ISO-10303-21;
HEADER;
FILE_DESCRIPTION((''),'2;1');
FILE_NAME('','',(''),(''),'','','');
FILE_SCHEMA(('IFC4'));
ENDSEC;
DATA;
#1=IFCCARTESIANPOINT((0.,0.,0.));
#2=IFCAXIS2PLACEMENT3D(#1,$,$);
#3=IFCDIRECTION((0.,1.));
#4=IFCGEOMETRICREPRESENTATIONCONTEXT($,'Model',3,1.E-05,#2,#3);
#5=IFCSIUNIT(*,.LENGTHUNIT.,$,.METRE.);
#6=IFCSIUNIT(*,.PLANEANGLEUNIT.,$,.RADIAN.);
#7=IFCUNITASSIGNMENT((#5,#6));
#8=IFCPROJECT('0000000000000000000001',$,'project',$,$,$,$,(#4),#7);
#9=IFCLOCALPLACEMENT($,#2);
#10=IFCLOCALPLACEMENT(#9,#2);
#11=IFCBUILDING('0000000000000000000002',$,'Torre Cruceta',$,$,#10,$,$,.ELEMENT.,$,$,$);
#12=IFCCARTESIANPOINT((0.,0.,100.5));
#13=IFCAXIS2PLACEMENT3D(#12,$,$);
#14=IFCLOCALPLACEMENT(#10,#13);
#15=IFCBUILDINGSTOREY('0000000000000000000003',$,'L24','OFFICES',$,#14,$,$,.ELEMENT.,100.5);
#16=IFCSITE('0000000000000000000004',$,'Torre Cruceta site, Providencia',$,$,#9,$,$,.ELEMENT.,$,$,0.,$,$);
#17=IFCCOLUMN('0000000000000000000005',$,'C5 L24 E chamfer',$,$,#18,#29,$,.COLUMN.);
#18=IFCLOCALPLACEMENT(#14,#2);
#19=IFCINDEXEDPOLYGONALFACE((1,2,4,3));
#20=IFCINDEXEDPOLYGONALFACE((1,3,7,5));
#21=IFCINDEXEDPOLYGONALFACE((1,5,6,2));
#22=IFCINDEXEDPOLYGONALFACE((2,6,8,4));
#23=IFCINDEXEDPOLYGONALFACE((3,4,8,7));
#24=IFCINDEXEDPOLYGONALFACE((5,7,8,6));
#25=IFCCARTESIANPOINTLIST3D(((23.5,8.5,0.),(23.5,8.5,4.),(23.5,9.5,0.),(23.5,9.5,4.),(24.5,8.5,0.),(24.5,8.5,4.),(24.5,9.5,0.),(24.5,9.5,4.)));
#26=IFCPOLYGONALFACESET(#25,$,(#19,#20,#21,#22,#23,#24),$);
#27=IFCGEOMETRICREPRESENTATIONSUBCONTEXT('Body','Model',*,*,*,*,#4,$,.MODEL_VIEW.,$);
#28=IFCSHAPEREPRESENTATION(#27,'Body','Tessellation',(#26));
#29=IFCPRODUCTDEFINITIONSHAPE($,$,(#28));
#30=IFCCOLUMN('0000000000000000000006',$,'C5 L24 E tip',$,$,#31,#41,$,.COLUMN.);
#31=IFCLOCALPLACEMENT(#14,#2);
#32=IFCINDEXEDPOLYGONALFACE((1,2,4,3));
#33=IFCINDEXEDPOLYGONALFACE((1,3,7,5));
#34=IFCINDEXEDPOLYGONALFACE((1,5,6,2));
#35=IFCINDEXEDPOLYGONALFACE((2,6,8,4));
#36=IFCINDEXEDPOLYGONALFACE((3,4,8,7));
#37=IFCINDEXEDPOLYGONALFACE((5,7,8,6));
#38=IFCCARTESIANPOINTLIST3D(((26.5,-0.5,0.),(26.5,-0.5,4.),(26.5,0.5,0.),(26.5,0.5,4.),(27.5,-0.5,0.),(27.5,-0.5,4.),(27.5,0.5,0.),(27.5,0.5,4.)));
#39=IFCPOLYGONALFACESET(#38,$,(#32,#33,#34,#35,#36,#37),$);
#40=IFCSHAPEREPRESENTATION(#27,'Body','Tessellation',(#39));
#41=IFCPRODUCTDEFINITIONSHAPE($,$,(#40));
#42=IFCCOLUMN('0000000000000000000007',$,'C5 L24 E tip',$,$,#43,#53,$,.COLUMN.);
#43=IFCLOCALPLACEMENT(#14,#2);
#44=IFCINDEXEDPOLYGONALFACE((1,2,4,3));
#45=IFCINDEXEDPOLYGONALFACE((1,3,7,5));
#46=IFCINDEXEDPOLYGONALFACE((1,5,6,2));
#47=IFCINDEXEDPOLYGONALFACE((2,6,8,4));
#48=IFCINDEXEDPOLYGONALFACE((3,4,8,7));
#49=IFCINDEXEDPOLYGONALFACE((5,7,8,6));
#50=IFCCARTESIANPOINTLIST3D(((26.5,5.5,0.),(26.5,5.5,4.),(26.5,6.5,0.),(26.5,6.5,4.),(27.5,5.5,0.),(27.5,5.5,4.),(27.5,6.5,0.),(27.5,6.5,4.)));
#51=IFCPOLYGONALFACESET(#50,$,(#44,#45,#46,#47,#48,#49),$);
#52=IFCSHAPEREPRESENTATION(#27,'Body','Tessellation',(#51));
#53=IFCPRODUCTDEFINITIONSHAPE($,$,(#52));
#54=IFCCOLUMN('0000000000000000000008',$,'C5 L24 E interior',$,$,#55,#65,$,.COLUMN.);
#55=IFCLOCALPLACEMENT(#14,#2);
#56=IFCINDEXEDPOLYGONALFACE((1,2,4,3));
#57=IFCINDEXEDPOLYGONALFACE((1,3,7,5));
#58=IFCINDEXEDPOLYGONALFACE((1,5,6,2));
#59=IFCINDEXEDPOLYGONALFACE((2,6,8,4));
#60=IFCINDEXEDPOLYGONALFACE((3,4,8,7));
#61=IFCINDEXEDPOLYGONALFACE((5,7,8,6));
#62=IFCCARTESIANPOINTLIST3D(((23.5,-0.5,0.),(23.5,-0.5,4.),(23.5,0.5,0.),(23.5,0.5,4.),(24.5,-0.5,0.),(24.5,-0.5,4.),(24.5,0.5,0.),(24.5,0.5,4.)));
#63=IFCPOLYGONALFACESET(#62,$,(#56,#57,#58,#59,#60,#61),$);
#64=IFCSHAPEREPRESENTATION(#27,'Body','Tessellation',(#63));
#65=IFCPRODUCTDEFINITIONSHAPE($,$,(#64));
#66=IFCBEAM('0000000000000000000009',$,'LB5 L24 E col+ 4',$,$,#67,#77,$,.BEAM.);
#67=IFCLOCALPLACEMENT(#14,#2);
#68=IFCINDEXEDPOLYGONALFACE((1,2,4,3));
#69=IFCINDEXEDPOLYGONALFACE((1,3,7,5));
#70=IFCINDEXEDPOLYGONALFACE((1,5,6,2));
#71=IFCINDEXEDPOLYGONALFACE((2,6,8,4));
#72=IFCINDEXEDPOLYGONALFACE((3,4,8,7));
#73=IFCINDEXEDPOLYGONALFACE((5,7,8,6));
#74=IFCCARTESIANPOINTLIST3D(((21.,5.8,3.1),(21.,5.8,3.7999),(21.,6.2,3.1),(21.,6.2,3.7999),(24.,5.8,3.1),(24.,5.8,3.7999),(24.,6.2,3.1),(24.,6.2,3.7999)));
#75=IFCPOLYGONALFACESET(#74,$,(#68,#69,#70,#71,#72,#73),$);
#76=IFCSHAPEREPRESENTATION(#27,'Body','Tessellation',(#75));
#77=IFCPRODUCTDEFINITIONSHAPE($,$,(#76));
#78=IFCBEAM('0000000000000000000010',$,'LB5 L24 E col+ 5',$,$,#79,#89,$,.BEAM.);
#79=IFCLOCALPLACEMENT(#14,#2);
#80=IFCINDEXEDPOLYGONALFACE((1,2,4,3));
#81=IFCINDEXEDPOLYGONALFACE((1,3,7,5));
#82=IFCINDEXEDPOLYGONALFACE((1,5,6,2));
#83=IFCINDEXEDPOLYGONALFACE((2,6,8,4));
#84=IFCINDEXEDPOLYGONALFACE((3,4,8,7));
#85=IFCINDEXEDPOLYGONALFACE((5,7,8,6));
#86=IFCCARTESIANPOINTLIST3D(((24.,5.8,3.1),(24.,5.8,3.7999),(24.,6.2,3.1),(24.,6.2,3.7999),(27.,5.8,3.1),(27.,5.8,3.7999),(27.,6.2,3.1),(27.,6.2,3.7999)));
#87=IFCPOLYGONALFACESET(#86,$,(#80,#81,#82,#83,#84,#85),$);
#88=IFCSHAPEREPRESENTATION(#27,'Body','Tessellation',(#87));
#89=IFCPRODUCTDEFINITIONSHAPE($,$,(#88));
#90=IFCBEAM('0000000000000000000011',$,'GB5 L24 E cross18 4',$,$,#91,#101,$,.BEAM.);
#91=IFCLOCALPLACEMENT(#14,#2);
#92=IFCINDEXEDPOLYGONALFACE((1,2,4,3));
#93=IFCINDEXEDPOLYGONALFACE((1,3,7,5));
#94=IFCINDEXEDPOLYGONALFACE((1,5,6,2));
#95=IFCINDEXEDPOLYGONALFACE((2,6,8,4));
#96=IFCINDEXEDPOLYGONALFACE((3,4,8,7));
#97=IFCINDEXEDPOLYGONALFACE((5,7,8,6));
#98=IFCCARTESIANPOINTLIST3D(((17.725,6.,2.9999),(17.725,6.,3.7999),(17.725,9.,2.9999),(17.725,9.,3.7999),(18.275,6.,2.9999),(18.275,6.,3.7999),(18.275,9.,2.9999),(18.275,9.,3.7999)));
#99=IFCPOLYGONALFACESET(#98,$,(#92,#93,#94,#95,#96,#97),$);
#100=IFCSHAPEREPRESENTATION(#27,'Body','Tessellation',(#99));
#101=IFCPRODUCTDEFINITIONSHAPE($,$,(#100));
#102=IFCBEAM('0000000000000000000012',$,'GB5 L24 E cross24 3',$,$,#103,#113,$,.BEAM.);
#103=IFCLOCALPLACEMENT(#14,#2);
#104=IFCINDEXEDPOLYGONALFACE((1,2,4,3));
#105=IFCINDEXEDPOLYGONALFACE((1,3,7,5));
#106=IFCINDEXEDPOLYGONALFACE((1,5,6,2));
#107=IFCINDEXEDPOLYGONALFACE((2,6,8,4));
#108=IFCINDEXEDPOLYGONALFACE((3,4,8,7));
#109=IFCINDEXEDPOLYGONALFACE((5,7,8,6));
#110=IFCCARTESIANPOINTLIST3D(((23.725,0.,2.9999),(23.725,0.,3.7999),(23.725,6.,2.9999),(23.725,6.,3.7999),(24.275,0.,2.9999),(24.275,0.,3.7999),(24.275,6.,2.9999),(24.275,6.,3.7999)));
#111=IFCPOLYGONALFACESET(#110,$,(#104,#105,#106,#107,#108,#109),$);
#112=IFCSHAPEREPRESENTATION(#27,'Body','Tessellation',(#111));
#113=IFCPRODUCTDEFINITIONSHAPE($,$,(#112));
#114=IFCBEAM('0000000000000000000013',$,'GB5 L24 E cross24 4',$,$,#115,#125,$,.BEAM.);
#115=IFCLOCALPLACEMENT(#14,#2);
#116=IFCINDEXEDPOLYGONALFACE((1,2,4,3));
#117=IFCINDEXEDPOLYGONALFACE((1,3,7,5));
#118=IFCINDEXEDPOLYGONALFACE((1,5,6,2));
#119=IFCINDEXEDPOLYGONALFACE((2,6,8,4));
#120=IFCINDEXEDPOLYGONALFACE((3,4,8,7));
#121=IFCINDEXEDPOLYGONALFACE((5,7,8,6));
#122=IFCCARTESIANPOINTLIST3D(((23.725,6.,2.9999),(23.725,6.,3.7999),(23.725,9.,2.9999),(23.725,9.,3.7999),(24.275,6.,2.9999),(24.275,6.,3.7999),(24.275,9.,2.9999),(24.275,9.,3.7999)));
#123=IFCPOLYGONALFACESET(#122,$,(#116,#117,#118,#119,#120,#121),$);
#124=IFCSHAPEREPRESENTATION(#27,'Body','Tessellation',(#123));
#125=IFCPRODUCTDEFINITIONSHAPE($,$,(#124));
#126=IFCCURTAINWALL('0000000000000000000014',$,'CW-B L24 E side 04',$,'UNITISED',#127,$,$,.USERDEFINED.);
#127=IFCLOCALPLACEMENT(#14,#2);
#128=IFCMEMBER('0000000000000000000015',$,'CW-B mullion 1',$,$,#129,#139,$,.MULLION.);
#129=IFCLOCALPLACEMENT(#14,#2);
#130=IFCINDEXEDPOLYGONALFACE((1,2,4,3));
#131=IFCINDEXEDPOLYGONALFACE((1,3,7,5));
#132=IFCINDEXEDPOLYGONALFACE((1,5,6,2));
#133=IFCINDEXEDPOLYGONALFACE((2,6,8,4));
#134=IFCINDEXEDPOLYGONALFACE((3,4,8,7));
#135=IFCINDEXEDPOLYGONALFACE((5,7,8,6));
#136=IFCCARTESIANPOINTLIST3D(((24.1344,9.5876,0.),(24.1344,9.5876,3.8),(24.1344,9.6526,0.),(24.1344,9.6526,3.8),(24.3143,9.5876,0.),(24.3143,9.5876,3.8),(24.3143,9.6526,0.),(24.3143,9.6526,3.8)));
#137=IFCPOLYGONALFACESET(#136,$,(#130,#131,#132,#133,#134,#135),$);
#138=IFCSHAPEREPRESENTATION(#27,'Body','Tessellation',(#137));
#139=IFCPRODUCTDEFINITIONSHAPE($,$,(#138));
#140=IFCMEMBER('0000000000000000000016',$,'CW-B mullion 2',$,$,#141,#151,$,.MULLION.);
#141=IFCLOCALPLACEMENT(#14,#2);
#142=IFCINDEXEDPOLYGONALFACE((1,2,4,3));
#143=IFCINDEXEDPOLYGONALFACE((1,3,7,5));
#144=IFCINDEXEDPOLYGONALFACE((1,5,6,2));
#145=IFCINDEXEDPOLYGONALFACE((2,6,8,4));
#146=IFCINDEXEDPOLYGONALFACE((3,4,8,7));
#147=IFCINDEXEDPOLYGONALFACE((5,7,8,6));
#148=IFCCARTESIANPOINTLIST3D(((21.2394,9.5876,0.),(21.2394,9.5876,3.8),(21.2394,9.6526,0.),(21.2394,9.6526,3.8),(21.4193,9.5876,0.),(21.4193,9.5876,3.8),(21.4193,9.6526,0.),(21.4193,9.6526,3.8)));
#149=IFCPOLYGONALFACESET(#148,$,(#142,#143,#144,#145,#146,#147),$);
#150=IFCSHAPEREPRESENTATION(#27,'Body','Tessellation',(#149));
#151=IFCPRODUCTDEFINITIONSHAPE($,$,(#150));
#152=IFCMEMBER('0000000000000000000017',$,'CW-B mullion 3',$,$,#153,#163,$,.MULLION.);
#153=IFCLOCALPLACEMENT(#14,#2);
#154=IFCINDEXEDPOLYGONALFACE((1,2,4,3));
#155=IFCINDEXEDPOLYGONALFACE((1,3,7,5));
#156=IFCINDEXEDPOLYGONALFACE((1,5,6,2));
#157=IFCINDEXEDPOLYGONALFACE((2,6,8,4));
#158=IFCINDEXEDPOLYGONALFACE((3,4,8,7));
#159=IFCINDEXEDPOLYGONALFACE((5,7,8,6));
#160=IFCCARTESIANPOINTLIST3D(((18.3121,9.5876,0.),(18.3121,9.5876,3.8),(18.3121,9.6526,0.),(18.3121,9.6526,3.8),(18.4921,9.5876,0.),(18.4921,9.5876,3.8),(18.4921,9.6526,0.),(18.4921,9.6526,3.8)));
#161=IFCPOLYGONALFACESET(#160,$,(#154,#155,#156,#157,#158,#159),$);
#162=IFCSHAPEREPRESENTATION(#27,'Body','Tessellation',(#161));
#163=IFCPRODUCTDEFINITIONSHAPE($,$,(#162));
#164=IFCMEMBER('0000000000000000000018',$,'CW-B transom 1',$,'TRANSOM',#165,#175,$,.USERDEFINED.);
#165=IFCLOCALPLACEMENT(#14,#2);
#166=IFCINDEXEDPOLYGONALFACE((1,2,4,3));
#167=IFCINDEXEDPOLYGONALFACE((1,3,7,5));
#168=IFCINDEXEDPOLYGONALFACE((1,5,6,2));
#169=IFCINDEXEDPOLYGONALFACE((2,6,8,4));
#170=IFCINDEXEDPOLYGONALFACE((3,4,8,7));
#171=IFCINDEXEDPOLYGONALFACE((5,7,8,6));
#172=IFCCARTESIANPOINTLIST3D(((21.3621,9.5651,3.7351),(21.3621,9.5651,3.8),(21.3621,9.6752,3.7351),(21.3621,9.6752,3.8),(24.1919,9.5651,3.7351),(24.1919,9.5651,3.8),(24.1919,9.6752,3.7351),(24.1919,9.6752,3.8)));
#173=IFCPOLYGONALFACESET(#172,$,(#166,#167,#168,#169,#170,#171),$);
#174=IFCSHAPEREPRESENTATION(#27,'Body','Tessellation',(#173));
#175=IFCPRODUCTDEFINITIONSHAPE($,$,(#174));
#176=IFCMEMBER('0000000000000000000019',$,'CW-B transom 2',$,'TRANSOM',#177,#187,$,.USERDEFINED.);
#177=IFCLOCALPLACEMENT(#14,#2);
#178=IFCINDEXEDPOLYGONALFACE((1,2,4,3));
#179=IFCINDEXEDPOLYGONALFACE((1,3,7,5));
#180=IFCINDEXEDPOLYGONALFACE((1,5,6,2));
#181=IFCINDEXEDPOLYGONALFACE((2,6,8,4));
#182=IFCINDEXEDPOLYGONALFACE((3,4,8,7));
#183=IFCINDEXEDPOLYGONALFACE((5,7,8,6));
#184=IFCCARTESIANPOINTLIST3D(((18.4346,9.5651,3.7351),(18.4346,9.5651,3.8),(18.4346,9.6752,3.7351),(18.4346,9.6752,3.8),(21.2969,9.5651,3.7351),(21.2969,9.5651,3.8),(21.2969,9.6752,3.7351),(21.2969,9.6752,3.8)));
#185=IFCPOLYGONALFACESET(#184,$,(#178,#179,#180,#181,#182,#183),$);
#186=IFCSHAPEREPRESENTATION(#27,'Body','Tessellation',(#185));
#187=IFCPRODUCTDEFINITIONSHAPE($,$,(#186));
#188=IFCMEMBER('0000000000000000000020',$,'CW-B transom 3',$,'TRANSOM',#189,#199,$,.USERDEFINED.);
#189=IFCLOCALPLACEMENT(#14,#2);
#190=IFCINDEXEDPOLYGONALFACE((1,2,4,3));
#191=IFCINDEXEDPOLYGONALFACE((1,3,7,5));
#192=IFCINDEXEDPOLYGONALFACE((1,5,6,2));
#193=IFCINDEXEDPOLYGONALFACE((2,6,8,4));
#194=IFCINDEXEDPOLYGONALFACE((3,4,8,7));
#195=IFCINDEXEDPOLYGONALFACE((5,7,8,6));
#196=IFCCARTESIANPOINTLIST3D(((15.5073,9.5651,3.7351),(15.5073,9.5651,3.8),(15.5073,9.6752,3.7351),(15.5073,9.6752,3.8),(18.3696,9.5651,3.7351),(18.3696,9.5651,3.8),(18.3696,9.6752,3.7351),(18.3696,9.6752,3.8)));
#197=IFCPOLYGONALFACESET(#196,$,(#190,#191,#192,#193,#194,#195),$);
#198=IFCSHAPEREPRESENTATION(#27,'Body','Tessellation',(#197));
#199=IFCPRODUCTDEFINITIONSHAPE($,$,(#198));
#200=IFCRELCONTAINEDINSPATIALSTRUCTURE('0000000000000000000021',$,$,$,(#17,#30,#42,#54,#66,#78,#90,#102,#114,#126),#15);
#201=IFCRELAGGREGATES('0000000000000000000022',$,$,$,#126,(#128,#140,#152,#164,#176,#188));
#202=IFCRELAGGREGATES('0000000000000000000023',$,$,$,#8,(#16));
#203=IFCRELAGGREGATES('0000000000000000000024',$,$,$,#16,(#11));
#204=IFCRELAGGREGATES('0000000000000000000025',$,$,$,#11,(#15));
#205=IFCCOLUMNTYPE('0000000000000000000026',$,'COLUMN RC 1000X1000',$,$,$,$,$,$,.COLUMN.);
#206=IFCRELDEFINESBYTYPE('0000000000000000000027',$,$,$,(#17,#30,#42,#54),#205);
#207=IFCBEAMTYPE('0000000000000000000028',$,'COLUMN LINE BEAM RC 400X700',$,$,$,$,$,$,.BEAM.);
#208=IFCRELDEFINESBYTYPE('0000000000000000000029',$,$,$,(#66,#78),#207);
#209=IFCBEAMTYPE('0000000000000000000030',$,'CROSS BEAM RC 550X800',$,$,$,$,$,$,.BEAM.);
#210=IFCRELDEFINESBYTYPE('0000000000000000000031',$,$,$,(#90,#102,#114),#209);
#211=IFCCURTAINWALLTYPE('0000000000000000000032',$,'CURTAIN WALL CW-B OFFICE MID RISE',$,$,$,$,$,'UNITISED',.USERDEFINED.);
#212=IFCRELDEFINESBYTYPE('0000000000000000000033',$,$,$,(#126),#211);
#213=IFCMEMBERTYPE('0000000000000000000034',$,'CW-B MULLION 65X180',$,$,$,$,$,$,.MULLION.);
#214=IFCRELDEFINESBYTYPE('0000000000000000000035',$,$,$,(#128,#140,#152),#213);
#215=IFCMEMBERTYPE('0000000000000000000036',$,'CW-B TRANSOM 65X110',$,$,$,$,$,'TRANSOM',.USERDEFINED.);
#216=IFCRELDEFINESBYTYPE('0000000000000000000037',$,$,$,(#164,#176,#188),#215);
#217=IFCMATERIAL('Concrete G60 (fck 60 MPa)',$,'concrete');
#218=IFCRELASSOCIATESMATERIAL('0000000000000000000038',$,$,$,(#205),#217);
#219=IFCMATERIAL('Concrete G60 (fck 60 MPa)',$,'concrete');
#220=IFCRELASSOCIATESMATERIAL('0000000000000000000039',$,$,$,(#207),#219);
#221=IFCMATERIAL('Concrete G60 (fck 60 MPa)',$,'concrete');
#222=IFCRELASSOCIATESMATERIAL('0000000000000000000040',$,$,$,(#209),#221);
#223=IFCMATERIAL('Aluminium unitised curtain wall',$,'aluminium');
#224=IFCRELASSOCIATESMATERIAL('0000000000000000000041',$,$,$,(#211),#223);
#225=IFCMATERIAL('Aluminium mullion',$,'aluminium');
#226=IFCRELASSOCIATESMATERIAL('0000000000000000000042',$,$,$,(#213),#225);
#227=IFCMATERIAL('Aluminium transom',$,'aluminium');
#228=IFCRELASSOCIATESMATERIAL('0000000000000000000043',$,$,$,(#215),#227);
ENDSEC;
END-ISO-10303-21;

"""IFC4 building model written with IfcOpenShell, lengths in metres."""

from ifc_helpers import new_model, si_unit, direction, frame, origin, origin_2d, place, context, subcontext, project, spatial, rectangle, extrude, material, material_profile, profile_set, type_object, element, aggregate, save


model = new_model("IFC4")

# Units and contexts
model_context = context("Model", 3, precision=1e-05, world=origin(), true_north=direction((0.0, 1.0)))
body_context = subcontext(model_context, "Body", "Model", "MODEL_VIEW")
ifc_project = project(units=[si_unit("LENGTHUNIT", "METRE"), si_unit("PLANEANGLEUNIT", "RADIAN")], contexts=[model_context])

# Site, building, storey
site_placement = place(None, origin())
site = spatial("IfcSite", under=ifc_project, at=site_placement, Name="Torre Cruceta site, Providencia", CompositionType="ELEMENT", RefElevation=0.0)
building_placement = place(site_placement, origin())
building = spatial("IfcBuilding", under=site, at=building_placement, Name="Torre Cruceta", CompositionType="ELEMENT")
storey_placement = place(building_placement, frame((0.0, 0.0, 100.5)))
storey = spatial("IfcBuildingStorey", under=building, at=storey_placement, Name="L24", Description="OFFICES", CompositionType="ELEMENT", Elevation=100.5)

# Columns
ifc_material_1 = material(Name="Concrete G60 (fck 60 MPa)", Category="concrete")
ifc_material_profile_1 = material_profile(ifc_material_1, rectangle(XDim=1.0, YDim=1.0, at=origin_2d()), Name="RC 1000X1000")
ifc_profile_set_1 = profile_set([ifc_material_profile_1], Name="Concrete G60 (fck 60 MPa)")
column_type = type_object("IfcColumnType", Name="COLUMN RC 1000X1000", PredefinedType="COLUMN", material=ifc_profile_set_1)
for number, where, z_axis, x_axis, name in (
    (1, (24.0, 9.0, 0.0), (0.0, 0.0, 1.0), (1.0, 0.0, 0.0), "C5 L24 E chamfer"),
    (2, (27.0, 0.0, 0.0), (0.0, 0.0, 1.0), (1.0, 0.0, 0.0), "C5 L24 E tip"),
    (3, (27.0, 6.0, 0.0), (0.0, 0.0, 1.0), (1.0, 0.0, 0.0), "C5 L24 E tip"),
    (4, (24.0, 0.0, 0.0), (0.0, 0.0, 1.0), (1.0, 0.0, 0.0), "C5 L24 E interior"),
):
    element("IfcColumn", number, at=place(storey_placement, frame(where, z_axis=z_axis, x_axis=x_axis)), inside=storey, type_object=column_type, Name=name, PredefinedType="COLUMN", context=body_context, shape_type="SweptSolid", body=[
        extrude(rectangle(XDim=1.0, YDim=1.0, at=origin_2d()), origin(), (0.0, 0.0, 1.0), 4.0),
    ])

# Beams
ifc_material_2 = material(Name="Concrete G60 (fck 60 MPa)", Category="concrete")
ifc_material_profile_2 = material_profile(ifc_material_2, rectangle(XDim=0.3999, YDim=0.7, at=origin_2d()), Name="RC 400X700")
ifc_profile_set_2 = profile_set([ifc_material_profile_2], Name="Concrete G60 (fck 60 MPa)")
beam_type_1 = type_object("IfcBeamType", Name="COLUMN LINE BEAM RC 400X700", PredefinedType="BEAM", material=ifc_profile_set_2)
for number, where, z_axis, x_axis, name in (
    (5, (21.0, 6.0, 3.45), (1.0, 0.0, 0.0), (0.0, 1.0, 0.0), "LB5 L24 E col+ 4"),
    (6, (24.0, 6.0, 3.45), (1.0, 0.0, 0.0), (0.0, 1.0, 0.0), "LB5 L24 E col+ 5"),
):
    element("IfcBeam", number, at=place(storey_placement, frame(where, z_axis=z_axis, x_axis=x_axis)), inside=storey, type_object=beam_type_1, Name=name, PredefinedType="BEAM", context=body_context, shape_type="SweptSolid", body=[
        extrude(rectangle(XDim=0.3999, YDim=0.7, at=origin_2d()), origin(), (0.0, 0.0, 1.0), 3.0),
    ])
ifc_material_3 = material(Name="Concrete G60 (fck 60 MPa)", Category="concrete")
ifc_material_profile_3 = material_profile(ifc_material_3, rectangle(XDim=0.55, YDim=0.8, at=origin_2d()), Name="RC 550X800")
ifc_profile_set_3 = profile_set([ifc_material_profile_3], Name="Concrete G60 (fck 60 MPa)")
beam_type_2 = type_object("IfcBeamType", Name="CROSS BEAM RC 550X800", PredefinedType="BEAM", material=ifc_profile_set_3)
beam_1_placement = place(storey_placement, frame((18.0, 6.0, 3.3999), z_axis=(0.0, 1.0, 0.0), x_axis=(-1.0, 0.0, 0.0)))
element("IfcBeam", 7, at=beam_1_placement, inside=storey, type_object=beam_type_2, Name="GB5 L24 E cross18 4", PredefinedType="BEAM", context=body_context, shape_type="SweptSolid", body=[
    extrude(rectangle(XDim=0.55, YDim=0.8, at=origin_2d()), origin(), (0.0, 0.0, 1.0), 3.0),
])
beam_2_placement = place(storey_placement, frame((24.0, 0.0, 3.3999), z_axis=(0.0, 1.0, 0.0), x_axis=(-1.0, 0.0, 0.0)))
element("IfcBeam", 8, at=beam_2_placement, inside=storey, type_object=beam_type_2, Name="GB5 L24 E cross24 3", PredefinedType="BEAM", context=body_context, shape_type="SweptSolid", body=[
    extrude(rectangle(XDim=0.55, YDim=0.8, at=origin_2d()), origin(), (0.0, 0.0, 1.0), 6.0),
])
beam_3_placement = place(storey_placement, frame((24.0, 6.0, 3.3999), z_axis=(0.0, 1.0, 0.0), x_axis=(-1.0, 0.0, 0.0)))
element("IfcBeam", 9, at=beam_3_placement, inside=storey, type_object=beam_type_2, Name="GB5 L24 E cross24 4", PredefinedType="BEAM", context=body_context, shape_type="SweptSolid", body=[
    extrude(rectangle(XDim=0.55, YDim=0.8, at=origin_2d()), origin(), (0.0, 0.0, 1.0), 3.0),
])

# Curtain wall, members
ifc_material_4 = material(Name="Aluminium unitised curtain wall", Category="aluminium")
curtain_wall_type = type_object("IfcCurtainWallType", Name="CURTAIN WALL CW-B OFFICE MID RISE", ElementType="UNITISED", PredefinedType="USERDEFINED", material=ifc_material_4)
curtain_wall_placement = place(storey_placement, origin())
curtain_wall = element("IfcCurtainWall", 10, at=curtain_wall_placement, inside=storey, type_object=curtain_wall_type, Name="CW-B L24 E side 04", ObjectType="UNITISED", PredefinedType="USERDEFINED")
ifc_material_5 = material(Name="Aluminium mullion", Category="aluminium")
ifc_material_profile_4 = material_profile(ifc_material_5, rectangle(XDim=0.0649, YDim=0.1799, at=origin_2d()), Name="AL 65X180")
ifc_profile_set_4 = profile_set([ifc_material_profile_4], Name="Aluminium mullion")
member_type_1 = type_object("IfcMemberType", Name="CW-B MULLION 65X180", PredefinedType="MULLION", material=ifc_profile_set_4)
member_1_placement = place(storey_placement, frame((24.2244, 9.6201, 0.0), z_axis=(0.0, 0.0, 1.0), x_axis=(0.0, -1.0, 0.0)))
member_1 = element("IfcMember", 11, at=member_1_placement, type_object=member_type_1, Name="CW-B mullion 1", PredefinedType="MULLION", context=body_context, shape_type="SweptSolid", body=[
    extrude(rectangle(XDim=0.0649, YDim=0.1799, at=origin_2d()), origin(), (0.0, 0.0, 1.0), 3.8),
])
member_2_placement = place(storey_placement, frame((21.3293, 9.6201, 0.0), z_axis=(0.0, 0.0, 1.0), x_axis=(0.0, -1.0, 0.0)))
member_2 = element("IfcMember", 12, at=member_2_placement, type_object=member_type_1, Name="CW-B mullion 2", PredefinedType="MULLION", context=body_context, shape_type="SweptSolid", body=[
    extrude(rectangle(XDim=0.0649, YDim=0.1799, at=origin_2d()), origin(), (0.0, 0.0, 1.0), 3.8),
])
member_3_placement = place(storey_placement, frame((18.4021, 9.6201, 0.0), z_axis=(0.0, 0.0, 1.0), x_axis=(0.0, -1.0, 0.0)))
member_3 = element("IfcMember", 13, at=member_3_placement, type_object=member_type_1, Name="CW-B mullion 3", PredefinedType="MULLION", context=body_context, shape_type="SweptSolid", body=[
    extrude(rectangle(XDim=0.0649, YDim=0.1799, at=origin_2d()), origin(), (0.0, 0.0, 1.0), 3.8),
])
ifc_material_6 = material(Name="Aluminium transom", Category="aluminium")
ifc_material_profile_5 = material_profile(ifc_material_6, rectangle(XDim=0.1101, YDim=0.0649, at=origin_2d()), Name="AL 110X65")
ifc_profile_set_5 = profile_set([ifc_material_profile_5], Name="Aluminium transom")
member_type_2 = type_object("IfcMemberType", Name="CW-B TRANSOM 65X110", ElementType="TRANSOM", PredefinedType="USERDEFINED", material=ifc_profile_set_5)
member_4_placement = place(storey_placement, frame((24.1919, 9.6201, 3.7676), z_axis=(-1.0, 0.0, 0.0), x_axis=(0.0, -1.0, 0.0)))
member_4 = element("IfcMember", 14, at=member_4_placement, type_object=member_type_2, Name="CW-B transom 1", ObjectType="TRANSOM", PredefinedType="USERDEFINED", context=body_context, shape_type="SweptSolid", body=[
    extrude(rectangle(XDim=0.1101, YDim=0.0649, at=origin_2d()), origin(), (0.0, 0.0, 1.0), 2.8298),
])
member_5_placement = place(storey_placement, frame((21.2969, 9.6201, 3.7676), z_axis=(-1.0, 0.0, 0.0), x_axis=(0.0, -1.0, 0.0)))
member_5 = element("IfcMember", 15, at=member_5_placement, type_object=member_type_2, Name="CW-B transom 2", ObjectType="TRANSOM", PredefinedType="USERDEFINED", context=body_context, shape_type="SweptSolid", body=[
    extrude(rectangle(XDim=0.1101, YDim=0.0649, at=origin_2d()), origin(), (0.0, 0.0, 1.0), 2.8623),
])
member_6_placement = place(storey_placement, frame((18.3696, 9.6201, 3.7676), z_axis=(-1.0, 0.0, 0.0), x_axis=(0.0, -1.0, 0.0)))
member_6 = element("IfcMember", 16, at=member_6_placement, type_object=member_type_2, Name="CW-B transom 3", ObjectType="TRANSOM", PredefinedType="USERDEFINED", context=body_context, shape_type="SweptSolid", body=[
    extrude(rectangle(XDim=0.1101, YDim=0.0649, at=origin_2d()), origin(), (0.0, 0.0, 1.0), 2.8623),
])

aggregate(curtain_wall, [member_1, member_2, member_3, member_4, member_5, member_6])

save(model, "model.ifc")
